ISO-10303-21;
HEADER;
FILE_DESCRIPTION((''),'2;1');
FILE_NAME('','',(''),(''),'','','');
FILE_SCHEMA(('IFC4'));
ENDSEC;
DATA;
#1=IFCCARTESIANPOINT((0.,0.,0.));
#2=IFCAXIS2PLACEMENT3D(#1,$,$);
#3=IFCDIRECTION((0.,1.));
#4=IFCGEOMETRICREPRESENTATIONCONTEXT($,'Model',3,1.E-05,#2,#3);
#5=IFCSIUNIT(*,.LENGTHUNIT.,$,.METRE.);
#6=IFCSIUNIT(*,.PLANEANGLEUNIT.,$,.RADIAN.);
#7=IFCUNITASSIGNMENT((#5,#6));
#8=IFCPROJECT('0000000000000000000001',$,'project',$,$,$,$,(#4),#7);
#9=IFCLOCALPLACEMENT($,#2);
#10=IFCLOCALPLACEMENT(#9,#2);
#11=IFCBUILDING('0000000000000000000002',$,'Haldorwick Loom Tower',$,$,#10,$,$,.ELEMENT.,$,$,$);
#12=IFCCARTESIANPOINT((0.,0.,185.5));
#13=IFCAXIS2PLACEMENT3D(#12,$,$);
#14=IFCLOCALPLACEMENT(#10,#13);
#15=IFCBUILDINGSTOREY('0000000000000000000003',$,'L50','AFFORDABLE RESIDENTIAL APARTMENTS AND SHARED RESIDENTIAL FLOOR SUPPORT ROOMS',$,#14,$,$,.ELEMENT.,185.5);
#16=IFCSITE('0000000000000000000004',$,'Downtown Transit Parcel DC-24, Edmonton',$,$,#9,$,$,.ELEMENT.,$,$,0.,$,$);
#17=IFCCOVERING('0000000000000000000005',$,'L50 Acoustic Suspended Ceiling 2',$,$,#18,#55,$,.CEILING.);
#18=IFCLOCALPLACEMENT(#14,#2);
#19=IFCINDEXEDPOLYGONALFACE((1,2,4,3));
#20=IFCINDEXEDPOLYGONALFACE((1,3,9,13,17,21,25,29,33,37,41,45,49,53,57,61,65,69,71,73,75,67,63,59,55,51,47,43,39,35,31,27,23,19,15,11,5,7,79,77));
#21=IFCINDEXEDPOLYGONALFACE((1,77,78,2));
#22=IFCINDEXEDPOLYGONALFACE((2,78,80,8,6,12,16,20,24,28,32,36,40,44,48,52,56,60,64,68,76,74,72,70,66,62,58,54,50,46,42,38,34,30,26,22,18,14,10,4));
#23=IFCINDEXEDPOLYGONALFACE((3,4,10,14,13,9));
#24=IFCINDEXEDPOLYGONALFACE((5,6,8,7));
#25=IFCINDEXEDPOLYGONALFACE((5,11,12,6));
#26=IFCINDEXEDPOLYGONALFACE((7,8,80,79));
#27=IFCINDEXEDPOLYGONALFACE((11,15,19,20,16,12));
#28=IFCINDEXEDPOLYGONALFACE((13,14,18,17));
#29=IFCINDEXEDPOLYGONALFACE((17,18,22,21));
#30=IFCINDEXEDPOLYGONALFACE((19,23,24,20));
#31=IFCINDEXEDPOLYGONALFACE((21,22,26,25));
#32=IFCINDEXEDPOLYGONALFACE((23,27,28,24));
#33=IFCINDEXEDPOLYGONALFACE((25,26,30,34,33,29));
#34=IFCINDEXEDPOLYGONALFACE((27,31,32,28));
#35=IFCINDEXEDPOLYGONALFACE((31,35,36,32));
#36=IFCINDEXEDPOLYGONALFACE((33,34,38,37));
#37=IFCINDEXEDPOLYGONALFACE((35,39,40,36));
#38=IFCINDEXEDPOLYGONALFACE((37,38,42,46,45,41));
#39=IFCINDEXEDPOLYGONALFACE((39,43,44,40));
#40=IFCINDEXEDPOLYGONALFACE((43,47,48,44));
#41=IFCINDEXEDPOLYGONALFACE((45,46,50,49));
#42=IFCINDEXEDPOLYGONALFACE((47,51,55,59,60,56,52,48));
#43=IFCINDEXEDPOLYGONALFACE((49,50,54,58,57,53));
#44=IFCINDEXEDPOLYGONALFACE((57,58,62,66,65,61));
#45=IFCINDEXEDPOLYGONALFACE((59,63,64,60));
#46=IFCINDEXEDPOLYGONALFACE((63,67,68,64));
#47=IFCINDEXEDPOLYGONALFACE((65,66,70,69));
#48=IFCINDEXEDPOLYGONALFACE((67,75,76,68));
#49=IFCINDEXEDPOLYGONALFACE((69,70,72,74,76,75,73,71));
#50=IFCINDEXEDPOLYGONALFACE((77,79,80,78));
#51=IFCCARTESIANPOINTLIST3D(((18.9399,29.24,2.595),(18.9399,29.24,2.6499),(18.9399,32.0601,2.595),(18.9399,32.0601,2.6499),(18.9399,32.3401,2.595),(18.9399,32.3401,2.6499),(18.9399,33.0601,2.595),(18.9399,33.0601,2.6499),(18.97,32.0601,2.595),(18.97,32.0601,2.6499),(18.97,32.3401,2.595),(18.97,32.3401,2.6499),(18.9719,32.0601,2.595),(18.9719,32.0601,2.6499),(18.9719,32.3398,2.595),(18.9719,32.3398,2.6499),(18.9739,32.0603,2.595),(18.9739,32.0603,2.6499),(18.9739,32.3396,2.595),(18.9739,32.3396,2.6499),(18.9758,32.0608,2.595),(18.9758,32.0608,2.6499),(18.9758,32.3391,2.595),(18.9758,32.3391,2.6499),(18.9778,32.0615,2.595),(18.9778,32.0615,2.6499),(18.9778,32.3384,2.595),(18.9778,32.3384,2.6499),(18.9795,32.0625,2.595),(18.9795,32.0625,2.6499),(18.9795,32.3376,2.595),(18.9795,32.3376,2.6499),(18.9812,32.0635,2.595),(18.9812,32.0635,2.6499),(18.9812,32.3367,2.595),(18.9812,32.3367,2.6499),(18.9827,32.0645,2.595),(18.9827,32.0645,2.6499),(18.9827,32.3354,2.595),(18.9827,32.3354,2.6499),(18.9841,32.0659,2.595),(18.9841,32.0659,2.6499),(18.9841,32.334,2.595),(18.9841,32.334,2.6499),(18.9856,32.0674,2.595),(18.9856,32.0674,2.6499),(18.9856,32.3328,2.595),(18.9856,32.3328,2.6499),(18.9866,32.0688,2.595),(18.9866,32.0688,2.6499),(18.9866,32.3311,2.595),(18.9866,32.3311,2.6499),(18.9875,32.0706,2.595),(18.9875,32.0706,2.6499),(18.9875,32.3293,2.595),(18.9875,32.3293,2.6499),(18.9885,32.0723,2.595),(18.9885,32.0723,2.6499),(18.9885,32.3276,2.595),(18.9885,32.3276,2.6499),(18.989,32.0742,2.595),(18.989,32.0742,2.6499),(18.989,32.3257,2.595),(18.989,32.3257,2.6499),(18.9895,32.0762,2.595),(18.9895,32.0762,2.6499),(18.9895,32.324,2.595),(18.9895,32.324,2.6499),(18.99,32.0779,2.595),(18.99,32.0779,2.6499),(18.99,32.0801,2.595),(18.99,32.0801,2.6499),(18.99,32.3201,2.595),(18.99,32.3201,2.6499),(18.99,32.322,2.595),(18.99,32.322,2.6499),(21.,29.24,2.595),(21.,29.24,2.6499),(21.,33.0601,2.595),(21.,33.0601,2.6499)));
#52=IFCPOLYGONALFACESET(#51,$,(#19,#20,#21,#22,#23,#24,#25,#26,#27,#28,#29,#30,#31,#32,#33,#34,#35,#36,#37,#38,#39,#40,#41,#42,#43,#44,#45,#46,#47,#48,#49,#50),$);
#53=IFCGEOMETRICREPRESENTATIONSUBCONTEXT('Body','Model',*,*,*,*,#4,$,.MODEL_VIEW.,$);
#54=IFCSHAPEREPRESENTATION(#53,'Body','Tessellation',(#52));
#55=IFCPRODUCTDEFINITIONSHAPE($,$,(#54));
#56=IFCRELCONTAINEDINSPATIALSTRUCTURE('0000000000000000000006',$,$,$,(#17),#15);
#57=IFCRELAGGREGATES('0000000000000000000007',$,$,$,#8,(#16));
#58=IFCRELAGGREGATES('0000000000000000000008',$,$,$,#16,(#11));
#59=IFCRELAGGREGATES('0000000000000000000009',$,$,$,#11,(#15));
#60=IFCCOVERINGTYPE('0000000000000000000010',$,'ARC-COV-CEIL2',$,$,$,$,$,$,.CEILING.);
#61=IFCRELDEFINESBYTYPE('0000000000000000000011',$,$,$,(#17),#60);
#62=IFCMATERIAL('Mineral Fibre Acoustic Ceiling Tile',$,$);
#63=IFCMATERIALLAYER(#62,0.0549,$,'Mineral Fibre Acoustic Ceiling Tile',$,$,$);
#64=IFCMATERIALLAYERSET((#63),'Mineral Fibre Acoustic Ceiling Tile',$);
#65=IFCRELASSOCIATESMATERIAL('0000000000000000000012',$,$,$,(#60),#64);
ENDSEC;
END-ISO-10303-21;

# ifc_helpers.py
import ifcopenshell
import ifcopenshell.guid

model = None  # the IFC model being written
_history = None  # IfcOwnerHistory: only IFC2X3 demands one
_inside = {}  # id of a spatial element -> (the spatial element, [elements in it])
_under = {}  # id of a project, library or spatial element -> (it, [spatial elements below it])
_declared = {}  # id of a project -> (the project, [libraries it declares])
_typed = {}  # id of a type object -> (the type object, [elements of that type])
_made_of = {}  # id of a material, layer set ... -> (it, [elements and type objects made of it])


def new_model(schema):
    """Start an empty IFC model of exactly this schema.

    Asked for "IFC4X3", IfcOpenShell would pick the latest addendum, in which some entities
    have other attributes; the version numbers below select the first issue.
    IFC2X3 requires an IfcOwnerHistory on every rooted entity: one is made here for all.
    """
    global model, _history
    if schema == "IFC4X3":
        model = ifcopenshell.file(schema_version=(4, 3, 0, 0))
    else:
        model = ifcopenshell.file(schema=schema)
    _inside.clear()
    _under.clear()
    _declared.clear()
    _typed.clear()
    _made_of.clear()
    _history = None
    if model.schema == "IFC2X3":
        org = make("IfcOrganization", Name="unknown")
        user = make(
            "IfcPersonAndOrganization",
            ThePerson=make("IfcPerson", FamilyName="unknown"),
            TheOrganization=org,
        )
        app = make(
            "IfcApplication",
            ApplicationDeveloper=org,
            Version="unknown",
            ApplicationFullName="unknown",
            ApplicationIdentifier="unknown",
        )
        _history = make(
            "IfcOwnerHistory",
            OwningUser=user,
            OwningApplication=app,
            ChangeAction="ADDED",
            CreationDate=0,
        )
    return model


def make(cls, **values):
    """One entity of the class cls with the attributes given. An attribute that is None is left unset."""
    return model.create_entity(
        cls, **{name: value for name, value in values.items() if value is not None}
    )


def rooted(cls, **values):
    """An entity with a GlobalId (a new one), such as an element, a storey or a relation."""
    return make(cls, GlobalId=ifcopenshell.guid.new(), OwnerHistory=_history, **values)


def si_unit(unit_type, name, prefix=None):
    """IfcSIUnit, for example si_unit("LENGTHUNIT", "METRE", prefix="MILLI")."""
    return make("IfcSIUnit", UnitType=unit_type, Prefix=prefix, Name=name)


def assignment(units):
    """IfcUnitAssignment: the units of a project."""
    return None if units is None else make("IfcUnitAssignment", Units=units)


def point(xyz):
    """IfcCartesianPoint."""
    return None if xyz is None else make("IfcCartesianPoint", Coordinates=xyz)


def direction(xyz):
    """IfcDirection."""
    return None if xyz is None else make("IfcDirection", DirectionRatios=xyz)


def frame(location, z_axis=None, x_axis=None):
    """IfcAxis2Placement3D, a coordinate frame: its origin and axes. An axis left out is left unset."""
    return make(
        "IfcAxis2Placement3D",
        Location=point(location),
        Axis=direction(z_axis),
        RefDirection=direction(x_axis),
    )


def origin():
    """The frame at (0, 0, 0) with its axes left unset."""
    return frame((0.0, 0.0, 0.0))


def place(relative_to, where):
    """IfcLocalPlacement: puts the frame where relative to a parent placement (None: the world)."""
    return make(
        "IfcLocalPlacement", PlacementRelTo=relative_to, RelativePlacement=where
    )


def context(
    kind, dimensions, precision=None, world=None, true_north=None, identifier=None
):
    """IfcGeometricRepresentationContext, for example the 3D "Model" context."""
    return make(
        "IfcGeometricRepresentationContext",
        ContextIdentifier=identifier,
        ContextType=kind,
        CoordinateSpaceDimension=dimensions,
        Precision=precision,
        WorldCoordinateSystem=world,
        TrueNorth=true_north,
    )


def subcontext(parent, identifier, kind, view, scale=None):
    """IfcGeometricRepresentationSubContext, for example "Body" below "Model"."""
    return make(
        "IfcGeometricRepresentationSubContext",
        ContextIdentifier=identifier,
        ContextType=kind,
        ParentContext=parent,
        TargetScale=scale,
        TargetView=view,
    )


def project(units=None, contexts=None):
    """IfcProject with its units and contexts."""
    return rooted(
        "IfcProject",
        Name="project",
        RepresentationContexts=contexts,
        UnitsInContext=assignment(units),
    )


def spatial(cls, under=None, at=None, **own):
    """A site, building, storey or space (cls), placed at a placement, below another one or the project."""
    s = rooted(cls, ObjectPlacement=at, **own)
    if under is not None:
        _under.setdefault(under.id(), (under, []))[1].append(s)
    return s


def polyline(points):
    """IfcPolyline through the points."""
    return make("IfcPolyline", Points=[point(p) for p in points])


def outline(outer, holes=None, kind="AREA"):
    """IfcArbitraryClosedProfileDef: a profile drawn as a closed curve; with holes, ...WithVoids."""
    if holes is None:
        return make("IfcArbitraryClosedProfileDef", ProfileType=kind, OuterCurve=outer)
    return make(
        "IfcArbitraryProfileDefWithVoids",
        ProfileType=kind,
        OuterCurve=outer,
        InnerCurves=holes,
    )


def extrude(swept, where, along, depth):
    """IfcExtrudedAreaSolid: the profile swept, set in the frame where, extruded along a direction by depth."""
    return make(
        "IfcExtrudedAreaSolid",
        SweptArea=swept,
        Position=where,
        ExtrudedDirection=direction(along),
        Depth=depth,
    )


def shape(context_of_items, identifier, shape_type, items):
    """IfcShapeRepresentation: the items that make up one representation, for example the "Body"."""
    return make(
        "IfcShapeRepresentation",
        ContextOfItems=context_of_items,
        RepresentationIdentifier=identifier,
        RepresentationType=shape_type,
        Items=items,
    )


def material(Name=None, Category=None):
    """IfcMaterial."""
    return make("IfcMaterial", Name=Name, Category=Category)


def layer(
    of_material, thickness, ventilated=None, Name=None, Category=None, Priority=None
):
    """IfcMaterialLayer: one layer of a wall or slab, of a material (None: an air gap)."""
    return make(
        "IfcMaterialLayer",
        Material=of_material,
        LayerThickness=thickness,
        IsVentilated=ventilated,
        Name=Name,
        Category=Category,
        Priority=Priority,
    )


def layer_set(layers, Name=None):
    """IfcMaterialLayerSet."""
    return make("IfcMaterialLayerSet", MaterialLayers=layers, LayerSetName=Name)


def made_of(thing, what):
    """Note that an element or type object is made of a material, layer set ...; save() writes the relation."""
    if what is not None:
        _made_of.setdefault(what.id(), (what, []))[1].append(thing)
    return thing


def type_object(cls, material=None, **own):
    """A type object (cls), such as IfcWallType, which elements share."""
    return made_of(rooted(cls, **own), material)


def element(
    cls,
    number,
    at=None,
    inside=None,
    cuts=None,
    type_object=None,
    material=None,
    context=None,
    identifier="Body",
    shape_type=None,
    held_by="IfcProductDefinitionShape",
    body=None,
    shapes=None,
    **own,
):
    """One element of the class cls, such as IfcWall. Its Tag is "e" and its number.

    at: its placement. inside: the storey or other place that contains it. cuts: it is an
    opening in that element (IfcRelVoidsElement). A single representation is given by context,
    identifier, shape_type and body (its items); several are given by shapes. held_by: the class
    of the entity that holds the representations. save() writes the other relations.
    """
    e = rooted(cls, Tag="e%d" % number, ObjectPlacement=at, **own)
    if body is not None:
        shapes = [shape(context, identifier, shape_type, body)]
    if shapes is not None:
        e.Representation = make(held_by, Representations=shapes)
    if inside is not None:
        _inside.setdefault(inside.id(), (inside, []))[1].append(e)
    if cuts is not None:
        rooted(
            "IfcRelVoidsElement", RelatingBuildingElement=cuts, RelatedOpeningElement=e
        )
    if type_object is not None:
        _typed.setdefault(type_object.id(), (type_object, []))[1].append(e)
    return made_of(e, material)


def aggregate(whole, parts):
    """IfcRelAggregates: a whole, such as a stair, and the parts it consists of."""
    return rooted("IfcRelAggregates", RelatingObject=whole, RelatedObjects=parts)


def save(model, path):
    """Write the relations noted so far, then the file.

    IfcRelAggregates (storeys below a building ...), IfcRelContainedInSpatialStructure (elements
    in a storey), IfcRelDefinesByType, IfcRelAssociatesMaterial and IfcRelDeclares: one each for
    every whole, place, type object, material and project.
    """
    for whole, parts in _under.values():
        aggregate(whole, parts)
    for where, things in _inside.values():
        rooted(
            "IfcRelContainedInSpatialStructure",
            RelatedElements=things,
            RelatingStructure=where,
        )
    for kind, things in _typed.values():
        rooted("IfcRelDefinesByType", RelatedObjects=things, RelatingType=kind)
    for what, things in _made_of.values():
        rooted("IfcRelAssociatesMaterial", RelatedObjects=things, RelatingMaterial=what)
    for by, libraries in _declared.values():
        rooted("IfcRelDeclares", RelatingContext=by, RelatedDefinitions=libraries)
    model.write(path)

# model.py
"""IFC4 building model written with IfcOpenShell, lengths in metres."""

from ifc_helpers import new_model, si_unit, direction, frame, origin, place, context, subcontext, project, spatial, polyline, outline, extrude, material, layer, layer_set, type_object, element, save


model = new_model("IFC4")

# Units and contexts
model_context = context("Model", 3, precision=1e-05, world=origin(), true_north=direction((0.0, 1.0)))
body_context = subcontext(model_context, "Body", "Model", "MODEL_VIEW")
ifc_project = project(units=[si_unit("LENGTHUNIT", "METRE"), si_unit("PLANEANGLEUNIT", "RADIAN")], contexts=[model_context])

# Site, building, storey
site_placement = place(None, origin())
site = spatial("IfcSite", under=ifc_project, at=site_placement, Name="Downtown Transit Parcel DC-24, Edmonton", CompositionType="ELEMENT", RefElevation=0.0)
building_placement = place(site_placement, origin())
building = spatial("IfcBuilding", under=site, at=building_placement, Name="Haldorwick Loom Tower", CompositionType="ELEMENT")
storey_placement = place(building_placement, frame((0.0, 0.0, 185.5)))
storey = spatial("IfcBuildingStorey", under=building, at=storey_placement, Name="L50", Description="AFFORDABLE RESIDENTIAL APARTMENTS AND SHARED RESIDENTIAL FLOOR SUPPORT ROOMS", CompositionType="ELEMENT", Elevation=185.5)

# Covering
ifc_material_1 = material(Name="Mineral Fibre Acoustic Ceiling Tile")
ifc_layer_1 = layer(ifc_material_1, 0.0549, Name="Mineral Fibre Acoustic Ceiling Tile")
ifc_layer_set_1 = layer_set([ifc_layer_1], Name="Mineral Fibre Acoustic Ceiling Tile")
covering_type_1 = type_object("IfcCoveringType", Name="ARC-COV-CEIL2", PredefinedType="CEILING", material=ifc_layer_set_1)
covering_1_placement = place(storey_placement, frame((0.0, 0.0, 2.595)))
element("IfcCovering", 1, at=covering_1_placement, inside=storey, type_object=covering_type_1, Name="L50 Acoustic Suspended Ceiling 2", PredefinedType="CEILING", context=body_context, shape_type="SweptSolid", body=[
    extrude(outline(polyline([(18.97, 32.3401), (18.9719, 32.3398), (18.9739, 32.3396), (18.9758, 32.3391), (18.9778, 32.3384), (18.9795, 32.3376), (18.9812, 32.3367), (18.9827, 32.3354), (18.9841, 32.334), (18.9856, 32.3328), (18.9866, 32.3311), (18.9875, 32.3293), (18.9885, 32.3276), (18.989, 32.3257), (18.9895, 32.324), (18.99, 32.322), (18.99, 32.3201), (18.99, 32.0801), (18.99, 32.0779), (18.9895, 32.0762), (18.989, 32.0742), (18.9885, 32.0723), (18.9875, 32.0706), (18.9866, 32.0688), (18.9856, 32.0674), (18.9841, 32.0659), (18.9827, 32.0645), (18.9812, 32.0635), (18.9795, 32.0625), (18.9778, 32.0615), (18.9758, 32.0608), (18.9739, 32.0603), (18.9719, 32.0601), (18.97, 32.0601), (18.9399, 32.0601), (18.9399, 29.24), (21.0, 29.24), (21.0, 33.0601), (18.9399, 33.0601), (18.9399, 32.3401), (18.97, 32.3401)])), origin(), (0.0, 0.0, 1.0), 0.0549),
])

save(model, "model.ifc")
